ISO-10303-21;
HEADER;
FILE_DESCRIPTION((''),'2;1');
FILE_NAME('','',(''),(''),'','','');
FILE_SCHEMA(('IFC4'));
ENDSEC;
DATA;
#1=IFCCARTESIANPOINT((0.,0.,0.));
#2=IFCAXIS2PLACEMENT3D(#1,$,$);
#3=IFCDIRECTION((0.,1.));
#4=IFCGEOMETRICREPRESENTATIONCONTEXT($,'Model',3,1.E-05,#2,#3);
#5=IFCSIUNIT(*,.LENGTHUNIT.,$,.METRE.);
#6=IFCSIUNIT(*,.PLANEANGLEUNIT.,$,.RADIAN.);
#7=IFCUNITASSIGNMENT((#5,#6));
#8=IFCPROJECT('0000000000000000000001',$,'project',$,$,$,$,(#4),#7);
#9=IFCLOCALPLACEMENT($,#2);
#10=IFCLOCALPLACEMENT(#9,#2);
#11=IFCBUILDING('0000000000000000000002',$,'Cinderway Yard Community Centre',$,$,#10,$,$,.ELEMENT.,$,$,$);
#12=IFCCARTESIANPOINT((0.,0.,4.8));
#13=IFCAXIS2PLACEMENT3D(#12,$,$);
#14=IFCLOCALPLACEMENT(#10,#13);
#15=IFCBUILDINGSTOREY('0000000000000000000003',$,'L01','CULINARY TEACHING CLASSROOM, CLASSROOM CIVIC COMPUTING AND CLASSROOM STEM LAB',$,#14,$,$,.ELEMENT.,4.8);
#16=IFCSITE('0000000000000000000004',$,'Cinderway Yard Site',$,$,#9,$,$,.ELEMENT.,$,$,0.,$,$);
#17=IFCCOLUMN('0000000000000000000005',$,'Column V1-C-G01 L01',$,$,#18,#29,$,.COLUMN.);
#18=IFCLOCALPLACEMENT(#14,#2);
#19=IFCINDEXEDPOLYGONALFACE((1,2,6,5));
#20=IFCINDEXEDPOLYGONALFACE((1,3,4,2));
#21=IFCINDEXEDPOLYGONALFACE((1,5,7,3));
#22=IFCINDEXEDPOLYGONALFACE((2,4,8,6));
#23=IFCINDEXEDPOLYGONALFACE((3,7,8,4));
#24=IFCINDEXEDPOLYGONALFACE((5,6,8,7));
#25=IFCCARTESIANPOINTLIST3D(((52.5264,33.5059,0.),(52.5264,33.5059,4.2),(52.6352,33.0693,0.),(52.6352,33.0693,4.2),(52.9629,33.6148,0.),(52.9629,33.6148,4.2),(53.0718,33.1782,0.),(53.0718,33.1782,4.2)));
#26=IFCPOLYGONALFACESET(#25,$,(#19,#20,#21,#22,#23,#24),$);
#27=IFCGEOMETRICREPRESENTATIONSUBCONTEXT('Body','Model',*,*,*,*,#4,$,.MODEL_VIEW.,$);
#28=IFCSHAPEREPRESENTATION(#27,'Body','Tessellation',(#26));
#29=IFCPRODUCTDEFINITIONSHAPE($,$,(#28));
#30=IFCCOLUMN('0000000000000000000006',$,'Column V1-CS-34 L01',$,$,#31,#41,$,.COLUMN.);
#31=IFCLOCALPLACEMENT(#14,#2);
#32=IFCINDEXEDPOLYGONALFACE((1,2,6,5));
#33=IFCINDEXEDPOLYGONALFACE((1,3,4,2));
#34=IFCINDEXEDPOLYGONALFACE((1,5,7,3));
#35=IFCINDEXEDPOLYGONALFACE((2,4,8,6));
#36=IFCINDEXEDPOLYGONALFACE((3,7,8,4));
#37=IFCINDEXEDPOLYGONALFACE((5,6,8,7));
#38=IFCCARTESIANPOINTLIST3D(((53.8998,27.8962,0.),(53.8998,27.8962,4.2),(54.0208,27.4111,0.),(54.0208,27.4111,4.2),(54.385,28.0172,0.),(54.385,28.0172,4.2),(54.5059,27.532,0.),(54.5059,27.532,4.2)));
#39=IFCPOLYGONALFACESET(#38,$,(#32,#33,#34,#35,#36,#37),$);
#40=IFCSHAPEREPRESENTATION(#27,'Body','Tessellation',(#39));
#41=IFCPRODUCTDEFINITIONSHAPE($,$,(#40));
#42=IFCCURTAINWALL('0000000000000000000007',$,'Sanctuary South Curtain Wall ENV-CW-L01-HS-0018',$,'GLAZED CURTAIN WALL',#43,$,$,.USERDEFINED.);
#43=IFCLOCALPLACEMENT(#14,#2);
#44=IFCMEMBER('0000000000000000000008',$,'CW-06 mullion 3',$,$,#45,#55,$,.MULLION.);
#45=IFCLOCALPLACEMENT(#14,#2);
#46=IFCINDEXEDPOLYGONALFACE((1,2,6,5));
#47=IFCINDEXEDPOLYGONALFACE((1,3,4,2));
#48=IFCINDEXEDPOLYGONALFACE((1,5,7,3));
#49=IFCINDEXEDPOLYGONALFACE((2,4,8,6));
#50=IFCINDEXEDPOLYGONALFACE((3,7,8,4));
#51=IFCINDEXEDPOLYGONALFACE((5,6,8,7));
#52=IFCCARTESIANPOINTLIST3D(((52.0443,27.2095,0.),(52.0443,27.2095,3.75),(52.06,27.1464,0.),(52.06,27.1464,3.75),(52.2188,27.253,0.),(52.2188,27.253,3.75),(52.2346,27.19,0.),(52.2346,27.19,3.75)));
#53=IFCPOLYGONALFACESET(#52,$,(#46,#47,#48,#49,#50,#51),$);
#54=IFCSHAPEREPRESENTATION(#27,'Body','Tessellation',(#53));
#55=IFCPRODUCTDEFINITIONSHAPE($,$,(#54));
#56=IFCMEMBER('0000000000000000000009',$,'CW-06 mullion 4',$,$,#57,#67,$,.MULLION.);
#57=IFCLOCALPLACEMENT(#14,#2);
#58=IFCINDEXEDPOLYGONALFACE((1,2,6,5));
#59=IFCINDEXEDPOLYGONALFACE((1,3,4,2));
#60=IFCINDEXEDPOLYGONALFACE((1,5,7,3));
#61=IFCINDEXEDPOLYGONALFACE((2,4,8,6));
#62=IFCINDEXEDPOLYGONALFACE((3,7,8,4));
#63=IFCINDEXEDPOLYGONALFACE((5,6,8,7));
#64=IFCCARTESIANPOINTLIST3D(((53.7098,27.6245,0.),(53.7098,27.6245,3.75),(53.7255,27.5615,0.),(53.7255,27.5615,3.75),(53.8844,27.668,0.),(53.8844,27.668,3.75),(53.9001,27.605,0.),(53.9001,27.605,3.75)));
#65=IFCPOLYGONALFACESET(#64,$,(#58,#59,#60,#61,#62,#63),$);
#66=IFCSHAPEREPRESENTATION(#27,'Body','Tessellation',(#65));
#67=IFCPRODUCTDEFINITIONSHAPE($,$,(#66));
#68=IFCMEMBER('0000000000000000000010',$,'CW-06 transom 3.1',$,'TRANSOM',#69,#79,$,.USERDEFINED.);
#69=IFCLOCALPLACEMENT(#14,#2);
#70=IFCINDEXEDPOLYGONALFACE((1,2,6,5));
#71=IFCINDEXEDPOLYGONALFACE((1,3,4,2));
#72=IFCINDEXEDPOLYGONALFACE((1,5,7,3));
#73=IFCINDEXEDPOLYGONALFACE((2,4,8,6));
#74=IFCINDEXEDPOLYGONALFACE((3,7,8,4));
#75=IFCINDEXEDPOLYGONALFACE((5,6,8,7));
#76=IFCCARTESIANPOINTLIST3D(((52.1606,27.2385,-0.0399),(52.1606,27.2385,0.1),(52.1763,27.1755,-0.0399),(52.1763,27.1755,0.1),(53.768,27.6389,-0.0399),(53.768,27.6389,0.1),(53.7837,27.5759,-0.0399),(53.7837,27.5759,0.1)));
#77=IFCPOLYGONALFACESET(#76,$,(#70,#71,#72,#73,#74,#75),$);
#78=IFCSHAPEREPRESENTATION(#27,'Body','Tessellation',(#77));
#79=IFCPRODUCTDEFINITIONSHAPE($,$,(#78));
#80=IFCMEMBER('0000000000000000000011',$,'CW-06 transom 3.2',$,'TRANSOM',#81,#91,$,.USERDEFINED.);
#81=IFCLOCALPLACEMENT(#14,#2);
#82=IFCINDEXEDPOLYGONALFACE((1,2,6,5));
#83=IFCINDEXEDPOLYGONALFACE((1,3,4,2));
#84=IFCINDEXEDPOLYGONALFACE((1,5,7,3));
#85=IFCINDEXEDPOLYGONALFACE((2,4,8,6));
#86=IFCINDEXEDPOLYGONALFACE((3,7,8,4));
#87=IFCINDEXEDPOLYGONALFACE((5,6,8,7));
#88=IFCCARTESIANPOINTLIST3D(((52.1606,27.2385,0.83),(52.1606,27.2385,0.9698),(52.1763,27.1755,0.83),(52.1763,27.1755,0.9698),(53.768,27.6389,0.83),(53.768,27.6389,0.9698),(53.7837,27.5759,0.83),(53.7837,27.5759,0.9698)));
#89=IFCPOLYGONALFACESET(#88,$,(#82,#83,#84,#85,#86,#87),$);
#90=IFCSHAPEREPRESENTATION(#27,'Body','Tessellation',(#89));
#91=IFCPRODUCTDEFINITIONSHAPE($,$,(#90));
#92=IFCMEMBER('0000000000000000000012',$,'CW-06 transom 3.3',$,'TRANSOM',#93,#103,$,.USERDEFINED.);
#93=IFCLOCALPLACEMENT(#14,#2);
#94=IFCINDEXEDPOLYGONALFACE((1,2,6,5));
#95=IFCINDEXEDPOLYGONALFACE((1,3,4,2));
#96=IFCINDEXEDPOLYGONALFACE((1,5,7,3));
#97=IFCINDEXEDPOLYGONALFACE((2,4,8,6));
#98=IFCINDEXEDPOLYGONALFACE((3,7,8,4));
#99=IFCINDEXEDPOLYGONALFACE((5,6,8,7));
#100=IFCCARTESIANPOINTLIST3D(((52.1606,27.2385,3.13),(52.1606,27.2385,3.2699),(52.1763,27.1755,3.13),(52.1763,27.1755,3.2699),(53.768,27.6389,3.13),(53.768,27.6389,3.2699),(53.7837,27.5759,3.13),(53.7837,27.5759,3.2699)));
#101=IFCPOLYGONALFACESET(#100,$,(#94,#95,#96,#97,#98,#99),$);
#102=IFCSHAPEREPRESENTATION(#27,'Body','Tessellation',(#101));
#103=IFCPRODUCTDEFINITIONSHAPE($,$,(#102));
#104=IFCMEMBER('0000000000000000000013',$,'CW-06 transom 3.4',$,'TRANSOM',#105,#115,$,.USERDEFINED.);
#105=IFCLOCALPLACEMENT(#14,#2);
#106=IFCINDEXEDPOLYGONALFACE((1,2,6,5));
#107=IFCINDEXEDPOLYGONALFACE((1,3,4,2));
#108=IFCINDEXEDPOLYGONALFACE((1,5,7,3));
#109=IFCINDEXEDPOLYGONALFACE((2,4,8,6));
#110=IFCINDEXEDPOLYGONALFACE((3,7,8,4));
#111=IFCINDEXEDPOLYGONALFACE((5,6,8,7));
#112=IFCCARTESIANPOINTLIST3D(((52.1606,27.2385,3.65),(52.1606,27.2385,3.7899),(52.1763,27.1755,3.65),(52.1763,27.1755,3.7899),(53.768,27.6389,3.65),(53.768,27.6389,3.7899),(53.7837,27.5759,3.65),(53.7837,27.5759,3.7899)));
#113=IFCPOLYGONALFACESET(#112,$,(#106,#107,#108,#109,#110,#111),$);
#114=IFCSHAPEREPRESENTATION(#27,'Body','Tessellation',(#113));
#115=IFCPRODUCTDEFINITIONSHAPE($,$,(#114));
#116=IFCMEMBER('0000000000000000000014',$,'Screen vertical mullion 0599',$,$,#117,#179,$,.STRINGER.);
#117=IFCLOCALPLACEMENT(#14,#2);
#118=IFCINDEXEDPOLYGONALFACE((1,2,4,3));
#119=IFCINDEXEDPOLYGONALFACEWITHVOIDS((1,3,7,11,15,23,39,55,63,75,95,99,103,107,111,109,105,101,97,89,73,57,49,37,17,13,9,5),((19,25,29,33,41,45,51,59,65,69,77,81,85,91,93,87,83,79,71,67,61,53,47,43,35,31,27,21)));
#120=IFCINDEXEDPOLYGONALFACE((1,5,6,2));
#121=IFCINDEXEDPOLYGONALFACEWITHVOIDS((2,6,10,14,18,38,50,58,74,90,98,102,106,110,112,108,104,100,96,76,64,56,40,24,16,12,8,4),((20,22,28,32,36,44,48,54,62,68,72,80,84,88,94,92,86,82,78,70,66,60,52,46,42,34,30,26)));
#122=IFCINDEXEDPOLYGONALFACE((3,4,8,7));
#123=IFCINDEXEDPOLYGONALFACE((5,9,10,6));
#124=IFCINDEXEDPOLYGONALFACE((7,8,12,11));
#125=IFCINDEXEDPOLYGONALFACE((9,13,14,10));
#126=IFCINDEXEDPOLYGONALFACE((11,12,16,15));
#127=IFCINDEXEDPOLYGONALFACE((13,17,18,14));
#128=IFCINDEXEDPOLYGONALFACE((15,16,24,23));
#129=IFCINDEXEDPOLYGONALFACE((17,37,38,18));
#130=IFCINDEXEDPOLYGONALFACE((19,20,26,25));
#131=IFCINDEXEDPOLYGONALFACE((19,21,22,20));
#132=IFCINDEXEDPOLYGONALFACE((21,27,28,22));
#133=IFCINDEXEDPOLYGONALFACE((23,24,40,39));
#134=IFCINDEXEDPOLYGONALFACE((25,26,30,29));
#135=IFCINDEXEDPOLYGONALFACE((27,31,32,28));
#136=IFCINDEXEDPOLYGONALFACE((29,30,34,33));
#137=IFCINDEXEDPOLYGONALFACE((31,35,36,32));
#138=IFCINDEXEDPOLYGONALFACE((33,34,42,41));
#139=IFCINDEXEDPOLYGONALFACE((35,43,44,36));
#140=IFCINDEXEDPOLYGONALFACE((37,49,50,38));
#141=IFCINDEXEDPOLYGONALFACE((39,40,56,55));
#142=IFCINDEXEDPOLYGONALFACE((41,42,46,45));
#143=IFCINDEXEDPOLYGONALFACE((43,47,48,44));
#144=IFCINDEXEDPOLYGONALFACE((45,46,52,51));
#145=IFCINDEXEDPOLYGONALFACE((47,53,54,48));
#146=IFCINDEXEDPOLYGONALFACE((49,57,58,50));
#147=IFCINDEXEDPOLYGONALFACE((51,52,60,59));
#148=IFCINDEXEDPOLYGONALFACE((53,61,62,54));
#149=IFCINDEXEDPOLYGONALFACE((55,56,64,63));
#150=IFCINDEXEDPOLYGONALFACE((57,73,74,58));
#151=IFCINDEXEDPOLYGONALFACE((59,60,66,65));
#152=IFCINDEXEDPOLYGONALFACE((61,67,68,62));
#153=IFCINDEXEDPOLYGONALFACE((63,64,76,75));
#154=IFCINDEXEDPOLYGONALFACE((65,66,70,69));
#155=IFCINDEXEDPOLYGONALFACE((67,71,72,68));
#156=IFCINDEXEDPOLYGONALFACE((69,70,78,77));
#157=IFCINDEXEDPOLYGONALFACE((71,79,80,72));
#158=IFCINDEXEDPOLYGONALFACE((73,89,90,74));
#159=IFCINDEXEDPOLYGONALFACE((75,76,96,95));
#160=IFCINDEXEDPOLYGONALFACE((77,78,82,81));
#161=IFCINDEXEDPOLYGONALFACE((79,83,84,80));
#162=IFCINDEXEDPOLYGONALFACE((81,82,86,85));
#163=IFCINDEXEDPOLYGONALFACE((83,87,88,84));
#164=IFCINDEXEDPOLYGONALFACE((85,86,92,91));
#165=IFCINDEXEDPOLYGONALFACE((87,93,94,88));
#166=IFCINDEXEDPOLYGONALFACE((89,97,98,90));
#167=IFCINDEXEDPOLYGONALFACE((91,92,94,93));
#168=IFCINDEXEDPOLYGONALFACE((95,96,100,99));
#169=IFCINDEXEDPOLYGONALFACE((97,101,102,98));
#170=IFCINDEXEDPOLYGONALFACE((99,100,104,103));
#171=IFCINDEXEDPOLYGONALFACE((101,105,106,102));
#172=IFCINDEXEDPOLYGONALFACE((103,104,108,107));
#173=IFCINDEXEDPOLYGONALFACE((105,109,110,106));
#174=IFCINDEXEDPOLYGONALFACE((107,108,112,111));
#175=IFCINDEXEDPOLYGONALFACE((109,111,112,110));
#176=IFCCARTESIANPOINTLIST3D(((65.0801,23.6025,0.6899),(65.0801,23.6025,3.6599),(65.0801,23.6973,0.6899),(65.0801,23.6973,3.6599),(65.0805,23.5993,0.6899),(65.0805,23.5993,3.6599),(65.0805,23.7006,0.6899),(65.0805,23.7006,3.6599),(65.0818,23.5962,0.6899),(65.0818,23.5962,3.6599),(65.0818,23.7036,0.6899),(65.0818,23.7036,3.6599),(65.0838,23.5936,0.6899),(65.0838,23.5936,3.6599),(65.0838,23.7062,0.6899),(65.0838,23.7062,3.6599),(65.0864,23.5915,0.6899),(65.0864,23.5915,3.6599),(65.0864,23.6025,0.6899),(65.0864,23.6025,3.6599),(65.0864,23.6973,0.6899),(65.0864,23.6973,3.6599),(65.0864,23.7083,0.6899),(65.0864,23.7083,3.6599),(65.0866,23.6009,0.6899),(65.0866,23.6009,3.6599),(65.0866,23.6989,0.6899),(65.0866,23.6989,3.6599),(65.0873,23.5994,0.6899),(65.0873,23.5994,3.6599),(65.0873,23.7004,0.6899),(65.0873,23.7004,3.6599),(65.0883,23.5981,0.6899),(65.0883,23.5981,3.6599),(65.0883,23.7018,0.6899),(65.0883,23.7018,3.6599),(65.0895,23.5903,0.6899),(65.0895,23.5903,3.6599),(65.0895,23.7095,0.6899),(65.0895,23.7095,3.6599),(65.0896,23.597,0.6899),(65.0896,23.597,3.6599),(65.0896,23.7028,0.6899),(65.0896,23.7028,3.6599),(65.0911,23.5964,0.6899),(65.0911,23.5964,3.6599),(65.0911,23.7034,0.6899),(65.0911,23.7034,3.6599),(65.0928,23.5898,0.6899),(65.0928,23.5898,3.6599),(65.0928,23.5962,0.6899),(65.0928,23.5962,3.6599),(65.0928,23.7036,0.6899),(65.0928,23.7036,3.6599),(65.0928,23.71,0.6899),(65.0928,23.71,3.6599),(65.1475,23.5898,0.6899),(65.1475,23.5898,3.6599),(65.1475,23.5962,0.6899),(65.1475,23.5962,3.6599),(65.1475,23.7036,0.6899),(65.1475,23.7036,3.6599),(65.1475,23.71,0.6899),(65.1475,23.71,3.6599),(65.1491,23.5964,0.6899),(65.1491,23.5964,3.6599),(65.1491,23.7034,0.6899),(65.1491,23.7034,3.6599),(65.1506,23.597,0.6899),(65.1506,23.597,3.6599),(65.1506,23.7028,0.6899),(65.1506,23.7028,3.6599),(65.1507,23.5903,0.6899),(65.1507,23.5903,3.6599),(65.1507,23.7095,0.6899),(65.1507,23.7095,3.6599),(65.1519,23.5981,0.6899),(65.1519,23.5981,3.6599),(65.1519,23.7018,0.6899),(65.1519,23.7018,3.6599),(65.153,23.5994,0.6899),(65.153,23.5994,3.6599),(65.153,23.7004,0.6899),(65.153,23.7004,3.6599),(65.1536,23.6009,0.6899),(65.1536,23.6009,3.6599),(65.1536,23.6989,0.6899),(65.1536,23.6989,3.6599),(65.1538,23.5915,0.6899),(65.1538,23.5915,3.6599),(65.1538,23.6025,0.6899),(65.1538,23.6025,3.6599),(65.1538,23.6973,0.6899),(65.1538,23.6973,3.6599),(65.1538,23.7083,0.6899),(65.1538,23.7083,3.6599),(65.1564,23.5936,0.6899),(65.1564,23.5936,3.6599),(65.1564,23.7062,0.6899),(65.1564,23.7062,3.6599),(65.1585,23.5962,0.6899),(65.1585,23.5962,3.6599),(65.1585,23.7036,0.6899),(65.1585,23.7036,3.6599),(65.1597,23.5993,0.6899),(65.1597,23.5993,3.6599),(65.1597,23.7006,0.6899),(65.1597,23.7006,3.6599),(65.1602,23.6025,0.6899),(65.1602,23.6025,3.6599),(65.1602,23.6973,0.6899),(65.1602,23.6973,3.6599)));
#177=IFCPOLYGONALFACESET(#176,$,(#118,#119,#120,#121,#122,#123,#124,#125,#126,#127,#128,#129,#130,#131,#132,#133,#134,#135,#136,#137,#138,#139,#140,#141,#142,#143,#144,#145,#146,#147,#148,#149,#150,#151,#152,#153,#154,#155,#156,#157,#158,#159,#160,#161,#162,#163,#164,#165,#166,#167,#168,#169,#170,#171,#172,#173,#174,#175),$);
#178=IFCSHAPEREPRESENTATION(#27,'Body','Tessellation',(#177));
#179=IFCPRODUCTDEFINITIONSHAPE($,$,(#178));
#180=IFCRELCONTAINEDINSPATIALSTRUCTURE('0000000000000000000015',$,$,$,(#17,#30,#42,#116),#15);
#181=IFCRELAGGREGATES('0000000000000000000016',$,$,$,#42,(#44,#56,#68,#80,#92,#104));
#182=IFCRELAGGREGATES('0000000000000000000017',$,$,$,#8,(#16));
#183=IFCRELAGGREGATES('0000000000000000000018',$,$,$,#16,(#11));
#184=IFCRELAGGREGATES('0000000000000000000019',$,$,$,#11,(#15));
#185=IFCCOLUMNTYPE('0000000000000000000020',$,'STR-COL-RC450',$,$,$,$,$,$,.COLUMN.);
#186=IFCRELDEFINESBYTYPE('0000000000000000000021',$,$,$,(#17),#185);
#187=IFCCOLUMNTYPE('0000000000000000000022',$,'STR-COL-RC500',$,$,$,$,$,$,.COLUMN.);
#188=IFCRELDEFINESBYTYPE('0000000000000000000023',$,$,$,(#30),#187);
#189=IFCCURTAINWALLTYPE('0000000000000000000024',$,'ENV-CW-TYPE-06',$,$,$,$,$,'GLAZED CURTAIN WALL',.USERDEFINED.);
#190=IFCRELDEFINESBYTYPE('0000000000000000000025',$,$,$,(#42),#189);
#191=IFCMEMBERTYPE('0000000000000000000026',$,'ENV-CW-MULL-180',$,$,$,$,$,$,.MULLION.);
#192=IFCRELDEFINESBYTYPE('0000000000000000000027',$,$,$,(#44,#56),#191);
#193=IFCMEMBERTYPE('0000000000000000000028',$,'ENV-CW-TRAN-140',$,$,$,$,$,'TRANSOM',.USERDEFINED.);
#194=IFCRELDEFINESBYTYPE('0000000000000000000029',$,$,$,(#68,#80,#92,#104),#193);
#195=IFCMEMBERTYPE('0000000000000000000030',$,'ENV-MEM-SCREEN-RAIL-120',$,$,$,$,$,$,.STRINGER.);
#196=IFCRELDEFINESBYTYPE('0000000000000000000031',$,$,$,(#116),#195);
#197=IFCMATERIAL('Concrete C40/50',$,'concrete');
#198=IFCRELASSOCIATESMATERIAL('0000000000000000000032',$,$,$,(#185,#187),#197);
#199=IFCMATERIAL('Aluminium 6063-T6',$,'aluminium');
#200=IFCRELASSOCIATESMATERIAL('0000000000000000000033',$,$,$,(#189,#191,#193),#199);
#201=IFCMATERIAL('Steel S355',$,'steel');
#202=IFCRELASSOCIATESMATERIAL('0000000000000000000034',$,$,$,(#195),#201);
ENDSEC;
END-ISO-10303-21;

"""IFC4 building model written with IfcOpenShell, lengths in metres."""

from ifc_helpers import new_model, si_unit, direction, frame, origin, origin_2d, place, context, subcontext, project, spatial, rectangle, hollow_rectangle, extrude, material, material_profile, profile_set, type_object, element, aggregate, save


model = new_model("IFC4")

# Units and contexts
model_context = context("Model", 3, precision=1e-05, world=origin(), true_north=direction((0.0, 1.0)))
body_context = subcontext(model_context, "Body", "Model", "MODEL_VIEW")
ifc_project = project(units=[si_unit("LENGTHUNIT", "METRE"), si_unit("PLANEANGLEUNIT", "RADIAN")], contexts=[model_context])

# Site, building, storey
site_placement = place(None, origin())
site = spatial("IfcSite", under=ifc_project, at=site_placement, Name="Cinderway Yard Site", CompositionType="ELEMENT", RefElevation=0.0)
building_placement = place(site_placement, origin())
building = spatial("IfcBuilding", under=site, at=building_placement, Name="Cinderway Yard Community Centre", CompositionType="ELEMENT")
storey_placement = place(building_placement, frame((0.0, 0.0, 4.8)))
storey = spatial("IfcBuildingStorey", under=building, at=storey_placement, Name="L01", Description="CULINARY TEACHING CLASSROOM, CLASSROOM CIVIC COMPUTING AND CLASSROOM STEM LAB", CompositionType="ELEMENT", Elevation=4.8)

# Columns
ifc_material_1 = material(Name="Concrete C40/50", Category="concrete")
ifc_material_profile_1 = material_profile(ifc_material_1, rectangle(XDim=0.45, YDim=0.45, at=origin_2d()), Name="Concrete C40/50")
ifc_profile_set_1 = profile_set([ifc_material_profile_1], Name="Concrete C40/50")
column_type_1 = type_object("IfcColumnType", Name="STR-COL-RC450", PredefinedType="COLUMN", material=ifc_profile_set_1)
column_1_placement = place(storey_placement, frame((52.7991, 33.342, 0.0), z_axis=(0.0, 0.0, 1.0), x_axis=(0.970296, 0.241922, 0.0)))
element("IfcColumn", 1, at=column_1_placement, inside=storey, type_object=column_type_1, Name="Column V1-C-G01 L01", PredefinedType="COLUMN", context=body_context, shape_type="SweptSolid", body=[
    extrude(rectangle(XDim=0.45, YDim=0.45, at=origin_2d()), origin(), (0.0, 0.0, 1.0), 4.2),
])
ifc_material_profile_2 = material_profile(ifc_material_1, rectangle(XDim=0.5, YDim=0.5, at=origin_2d()), Name="Concrete C40/50")
ifc_profile_set_2 = profile_set([ifc_material_profile_2], Name="Concrete C40/50")
column_type_2 = type_object("IfcColumnType", Name="STR-COL-RC500", PredefinedType="COLUMN", material=ifc_profile_set_2)
column_2_placement = place(storey_placement, frame((54.2029, 27.7141, 0.0), z_axis=(0.0, 0.0, 1.0), x_axis=(0.970296, 0.241922, 0.0)))
element("IfcColumn", 2, at=column_2_placement, inside=storey, type_object=column_type_2, Name="Column V1-CS-34 L01", PredefinedType="COLUMN", context=body_context, shape_type="SweptSolid", body=[
    extrude(rectangle(XDim=0.5, YDim=0.5, at=origin_2d()), origin(), (0.0, 0.0, 1.0), 4.2),
])

# Curtain wall, members
ifc_material_2 = material(Name="Aluminium 6063-T6", Category="aluminium")
curtain_wall_type = type_object("IfcCurtainWallType", Name="ENV-CW-TYPE-06", ElementType="GLAZED CURTAIN WALL", PredefinedType="USERDEFINED", material=ifc_material_2)
curtain_wall_placement = place(storey_placement, origin())
curtain_wall = element("IfcCurtainWall", 3, at=curtain_wall_placement, inside=storey, type_object=curtain_wall_type, Name="Sanctuary South Curtain Wall ENV-CW-L01-HS-0018", ObjectType="GLAZED CURTAIN WALL", PredefinedType="USERDEFINED")
ifc_material_profile_3 = material_profile(ifc_material_2, rectangle(XDim=0.0649, YDim=0.1799, at=origin_2d()), Name="Aluminium 6063-T6")
ifc_profile_set_3 = profile_set([ifc_material_profile_3], Name="Aluminium 6063-T6")
member_type_1 = type_object("IfcMemberType", Name="ENV-CW-MULL-180", PredefinedType="MULLION", material=ifc_profile_set_3)
member_1_placement = place(storey_placement, frame((52.1394, 27.1997, 0.0), z_axis=(0.0, 0.0, 1.0), x_axis=(-0.241817, 0.970322, 0.0)))
member_1 = element("IfcMember", 4, at=member_1_placement, type_object=member_type_1, Name="CW-06 mullion 3", PredefinedType="MULLION", context=body_context, shape_type="SweptSolid", body=[
    extrude(rectangle(XDim=0.0649, YDim=0.1799, at=origin_2d()), origin(), (0.0, 0.0, 1.0), 3.75),
])
member_2_placement = place(storey_placement, frame((53.8049, 27.6147, 0.0), z_axis=(0.0, 0.0, 1.0), x_axis=(-0.241817, 0.970322, 0.0)))
member_2 = element("IfcMember", 5, at=member_2_placement, type_object=member_type_1, Name="CW-06 mullion 4", PredefinedType="MULLION", context=body_context, shape_type="SweptSolid", body=[
    extrude(rectangle(XDim=0.0649, YDim=0.1799, at=origin_2d()), origin(), (0.0, 0.0, 1.0), 3.75),
])
ifc_material_profile_4 = material_profile(ifc_material_2, rectangle(XDim=0.0649, YDim=0.1399, at=origin_2d()), Name="Aluminium 6063-T6")
ifc_profile_set_4 = profile_set([ifc_material_profile_4], Name="Aluminium 6063-T6")
member_type_2 = type_object("IfcMemberType", Name="ENV-CW-TRAN-140", ElementType="TRANSOM", PredefinedType="USERDEFINED", material=ifc_profile_set_4)
member_3_placement = place(storey_placement, frame((52.1685, 27.207, 0.03), z_axis=(0.97035, 0.241703, 0.0), x_axis=(-0.241703, 0.97035, 0.0)))
member_3 = element("IfcMember", 6, at=member_3_placement, type_object=member_type_2, Name="CW-06 transom 3.1", ObjectType="TRANSOM", PredefinedType="USERDEFINED", context=body_context, shape_type="SweptSolid", body=[
    extrude(rectangle(XDim=0.0649, YDim=0.1399, at=origin_2d()), origin(), (0.0, 0.0, 1.0), 1.6565),
])
member_4_placement = place(storey_placement, frame((52.1685, 27.207, 0.8999), z_axis=(0.97035, 0.241703, 0.0), x_axis=(-0.241703, 0.97035, 0.0)))
member_4 = element("IfcMember", 7, at=member_4_placement, type_object=member_type_2, Name="CW-06 transom 3.2", ObjectType="TRANSOM", PredefinedType="USERDEFINED", context=body_context, shape_type="SweptSolid", body=[
    extrude(rectangle(XDim=0.0649, YDim=0.1399, at=origin_2d()), origin(), (0.0, 0.0, 1.0), 1.6565),
])
member_5_placement = place(storey_placement, frame((52.1685, 27.207, 3.2), z_axis=(0.97035, 0.241703, 0.0), x_axis=(-0.241703, 0.97035, 0.0)))
member_5 = element("IfcMember", 8, at=member_5_placement, type_object=member_type_2, Name="CW-06 transom 3.3", ObjectType="TRANSOM", PredefinedType="USERDEFINED", context=body_context, shape_type="SweptSolid", body=[
    extrude(rectangle(XDim=0.0649, YDim=0.1399, at=origin_2d()), origin(), (0.0, 0.0, 1.0), 1.6565),
])
member_6_placement = place(storey_placement, frame((52.1685, 27.207, 3.72), z_axis=(0.97035, 0.241703, 0.0), x_axis=(-0.241703, 0.97035, 0.0)))
member_6 = element("IfcMember", 9, at=member_6_placement, type_object=member_type_2, Name="CW-06 transom 3.4", ObjectType="TRANSOM", PredefinedType="USERDEFINED", context=body_context, shape_type="SweptSolid", body=[
    extrude(rectangle(XDim=0.0649, YDim=0.1399, at=origin_2d()), origin(), (0.0, 0.0, 1.0), 1.6565),
])

# Member
ifc_material_3 = material(Name="Steel S355", Category="steel")
ifc_material_profile_5 = material_profile(ifc_material_3, hollow_rectangle(XDim=0.0801, YDim=0.1201, WallThickness=0.0063, InnerFilletRadius=0.0063, OuterFilletRadius=0.0127, at=origin_2d()), Name="Steel S355")
ifc_profile_set_5 = profile_set([ifc_material_profile_5], Name="Steel S355")
member_type_3 = type_object("IfcMemberType", Name="ENV-MEM-SCREEN-RAIL-120", PredefinedType="STRINGER", material=ifc_profile_set_5)
for number, where, z_axis, x_axis, name in (
    (10, (65.1201, 23.6499, 0.6899), (0.0, 0.0, 1.0), (1.0, 0.0, 0.0), "Screen vertical mullion 0599"),
):
    element("IfcMember", number, at=place(storey_placement, frame(where, z_axis=z_axis, x_axis=x_axis)), inside=storey, type_object=member_type_3, Name=name, PredefinedType="STRINGER", context=body_context, shape_type="SweptSolid", body=[
        extrude(hollow_rectangle(XDim=0.0801, YDim=0.1201, WallThickness=0.0063, InnerFilletRadius=0.0063, OuterFilletRadius=0.0127, at=origin_2d()), origin(), (0.0, 0.0, 1.0), 2.97),
    ])

aggregate(curtain_wall, [member_1, member_2, member_3, member_4, member_5, member_6])

save(model, "model.ifc")
